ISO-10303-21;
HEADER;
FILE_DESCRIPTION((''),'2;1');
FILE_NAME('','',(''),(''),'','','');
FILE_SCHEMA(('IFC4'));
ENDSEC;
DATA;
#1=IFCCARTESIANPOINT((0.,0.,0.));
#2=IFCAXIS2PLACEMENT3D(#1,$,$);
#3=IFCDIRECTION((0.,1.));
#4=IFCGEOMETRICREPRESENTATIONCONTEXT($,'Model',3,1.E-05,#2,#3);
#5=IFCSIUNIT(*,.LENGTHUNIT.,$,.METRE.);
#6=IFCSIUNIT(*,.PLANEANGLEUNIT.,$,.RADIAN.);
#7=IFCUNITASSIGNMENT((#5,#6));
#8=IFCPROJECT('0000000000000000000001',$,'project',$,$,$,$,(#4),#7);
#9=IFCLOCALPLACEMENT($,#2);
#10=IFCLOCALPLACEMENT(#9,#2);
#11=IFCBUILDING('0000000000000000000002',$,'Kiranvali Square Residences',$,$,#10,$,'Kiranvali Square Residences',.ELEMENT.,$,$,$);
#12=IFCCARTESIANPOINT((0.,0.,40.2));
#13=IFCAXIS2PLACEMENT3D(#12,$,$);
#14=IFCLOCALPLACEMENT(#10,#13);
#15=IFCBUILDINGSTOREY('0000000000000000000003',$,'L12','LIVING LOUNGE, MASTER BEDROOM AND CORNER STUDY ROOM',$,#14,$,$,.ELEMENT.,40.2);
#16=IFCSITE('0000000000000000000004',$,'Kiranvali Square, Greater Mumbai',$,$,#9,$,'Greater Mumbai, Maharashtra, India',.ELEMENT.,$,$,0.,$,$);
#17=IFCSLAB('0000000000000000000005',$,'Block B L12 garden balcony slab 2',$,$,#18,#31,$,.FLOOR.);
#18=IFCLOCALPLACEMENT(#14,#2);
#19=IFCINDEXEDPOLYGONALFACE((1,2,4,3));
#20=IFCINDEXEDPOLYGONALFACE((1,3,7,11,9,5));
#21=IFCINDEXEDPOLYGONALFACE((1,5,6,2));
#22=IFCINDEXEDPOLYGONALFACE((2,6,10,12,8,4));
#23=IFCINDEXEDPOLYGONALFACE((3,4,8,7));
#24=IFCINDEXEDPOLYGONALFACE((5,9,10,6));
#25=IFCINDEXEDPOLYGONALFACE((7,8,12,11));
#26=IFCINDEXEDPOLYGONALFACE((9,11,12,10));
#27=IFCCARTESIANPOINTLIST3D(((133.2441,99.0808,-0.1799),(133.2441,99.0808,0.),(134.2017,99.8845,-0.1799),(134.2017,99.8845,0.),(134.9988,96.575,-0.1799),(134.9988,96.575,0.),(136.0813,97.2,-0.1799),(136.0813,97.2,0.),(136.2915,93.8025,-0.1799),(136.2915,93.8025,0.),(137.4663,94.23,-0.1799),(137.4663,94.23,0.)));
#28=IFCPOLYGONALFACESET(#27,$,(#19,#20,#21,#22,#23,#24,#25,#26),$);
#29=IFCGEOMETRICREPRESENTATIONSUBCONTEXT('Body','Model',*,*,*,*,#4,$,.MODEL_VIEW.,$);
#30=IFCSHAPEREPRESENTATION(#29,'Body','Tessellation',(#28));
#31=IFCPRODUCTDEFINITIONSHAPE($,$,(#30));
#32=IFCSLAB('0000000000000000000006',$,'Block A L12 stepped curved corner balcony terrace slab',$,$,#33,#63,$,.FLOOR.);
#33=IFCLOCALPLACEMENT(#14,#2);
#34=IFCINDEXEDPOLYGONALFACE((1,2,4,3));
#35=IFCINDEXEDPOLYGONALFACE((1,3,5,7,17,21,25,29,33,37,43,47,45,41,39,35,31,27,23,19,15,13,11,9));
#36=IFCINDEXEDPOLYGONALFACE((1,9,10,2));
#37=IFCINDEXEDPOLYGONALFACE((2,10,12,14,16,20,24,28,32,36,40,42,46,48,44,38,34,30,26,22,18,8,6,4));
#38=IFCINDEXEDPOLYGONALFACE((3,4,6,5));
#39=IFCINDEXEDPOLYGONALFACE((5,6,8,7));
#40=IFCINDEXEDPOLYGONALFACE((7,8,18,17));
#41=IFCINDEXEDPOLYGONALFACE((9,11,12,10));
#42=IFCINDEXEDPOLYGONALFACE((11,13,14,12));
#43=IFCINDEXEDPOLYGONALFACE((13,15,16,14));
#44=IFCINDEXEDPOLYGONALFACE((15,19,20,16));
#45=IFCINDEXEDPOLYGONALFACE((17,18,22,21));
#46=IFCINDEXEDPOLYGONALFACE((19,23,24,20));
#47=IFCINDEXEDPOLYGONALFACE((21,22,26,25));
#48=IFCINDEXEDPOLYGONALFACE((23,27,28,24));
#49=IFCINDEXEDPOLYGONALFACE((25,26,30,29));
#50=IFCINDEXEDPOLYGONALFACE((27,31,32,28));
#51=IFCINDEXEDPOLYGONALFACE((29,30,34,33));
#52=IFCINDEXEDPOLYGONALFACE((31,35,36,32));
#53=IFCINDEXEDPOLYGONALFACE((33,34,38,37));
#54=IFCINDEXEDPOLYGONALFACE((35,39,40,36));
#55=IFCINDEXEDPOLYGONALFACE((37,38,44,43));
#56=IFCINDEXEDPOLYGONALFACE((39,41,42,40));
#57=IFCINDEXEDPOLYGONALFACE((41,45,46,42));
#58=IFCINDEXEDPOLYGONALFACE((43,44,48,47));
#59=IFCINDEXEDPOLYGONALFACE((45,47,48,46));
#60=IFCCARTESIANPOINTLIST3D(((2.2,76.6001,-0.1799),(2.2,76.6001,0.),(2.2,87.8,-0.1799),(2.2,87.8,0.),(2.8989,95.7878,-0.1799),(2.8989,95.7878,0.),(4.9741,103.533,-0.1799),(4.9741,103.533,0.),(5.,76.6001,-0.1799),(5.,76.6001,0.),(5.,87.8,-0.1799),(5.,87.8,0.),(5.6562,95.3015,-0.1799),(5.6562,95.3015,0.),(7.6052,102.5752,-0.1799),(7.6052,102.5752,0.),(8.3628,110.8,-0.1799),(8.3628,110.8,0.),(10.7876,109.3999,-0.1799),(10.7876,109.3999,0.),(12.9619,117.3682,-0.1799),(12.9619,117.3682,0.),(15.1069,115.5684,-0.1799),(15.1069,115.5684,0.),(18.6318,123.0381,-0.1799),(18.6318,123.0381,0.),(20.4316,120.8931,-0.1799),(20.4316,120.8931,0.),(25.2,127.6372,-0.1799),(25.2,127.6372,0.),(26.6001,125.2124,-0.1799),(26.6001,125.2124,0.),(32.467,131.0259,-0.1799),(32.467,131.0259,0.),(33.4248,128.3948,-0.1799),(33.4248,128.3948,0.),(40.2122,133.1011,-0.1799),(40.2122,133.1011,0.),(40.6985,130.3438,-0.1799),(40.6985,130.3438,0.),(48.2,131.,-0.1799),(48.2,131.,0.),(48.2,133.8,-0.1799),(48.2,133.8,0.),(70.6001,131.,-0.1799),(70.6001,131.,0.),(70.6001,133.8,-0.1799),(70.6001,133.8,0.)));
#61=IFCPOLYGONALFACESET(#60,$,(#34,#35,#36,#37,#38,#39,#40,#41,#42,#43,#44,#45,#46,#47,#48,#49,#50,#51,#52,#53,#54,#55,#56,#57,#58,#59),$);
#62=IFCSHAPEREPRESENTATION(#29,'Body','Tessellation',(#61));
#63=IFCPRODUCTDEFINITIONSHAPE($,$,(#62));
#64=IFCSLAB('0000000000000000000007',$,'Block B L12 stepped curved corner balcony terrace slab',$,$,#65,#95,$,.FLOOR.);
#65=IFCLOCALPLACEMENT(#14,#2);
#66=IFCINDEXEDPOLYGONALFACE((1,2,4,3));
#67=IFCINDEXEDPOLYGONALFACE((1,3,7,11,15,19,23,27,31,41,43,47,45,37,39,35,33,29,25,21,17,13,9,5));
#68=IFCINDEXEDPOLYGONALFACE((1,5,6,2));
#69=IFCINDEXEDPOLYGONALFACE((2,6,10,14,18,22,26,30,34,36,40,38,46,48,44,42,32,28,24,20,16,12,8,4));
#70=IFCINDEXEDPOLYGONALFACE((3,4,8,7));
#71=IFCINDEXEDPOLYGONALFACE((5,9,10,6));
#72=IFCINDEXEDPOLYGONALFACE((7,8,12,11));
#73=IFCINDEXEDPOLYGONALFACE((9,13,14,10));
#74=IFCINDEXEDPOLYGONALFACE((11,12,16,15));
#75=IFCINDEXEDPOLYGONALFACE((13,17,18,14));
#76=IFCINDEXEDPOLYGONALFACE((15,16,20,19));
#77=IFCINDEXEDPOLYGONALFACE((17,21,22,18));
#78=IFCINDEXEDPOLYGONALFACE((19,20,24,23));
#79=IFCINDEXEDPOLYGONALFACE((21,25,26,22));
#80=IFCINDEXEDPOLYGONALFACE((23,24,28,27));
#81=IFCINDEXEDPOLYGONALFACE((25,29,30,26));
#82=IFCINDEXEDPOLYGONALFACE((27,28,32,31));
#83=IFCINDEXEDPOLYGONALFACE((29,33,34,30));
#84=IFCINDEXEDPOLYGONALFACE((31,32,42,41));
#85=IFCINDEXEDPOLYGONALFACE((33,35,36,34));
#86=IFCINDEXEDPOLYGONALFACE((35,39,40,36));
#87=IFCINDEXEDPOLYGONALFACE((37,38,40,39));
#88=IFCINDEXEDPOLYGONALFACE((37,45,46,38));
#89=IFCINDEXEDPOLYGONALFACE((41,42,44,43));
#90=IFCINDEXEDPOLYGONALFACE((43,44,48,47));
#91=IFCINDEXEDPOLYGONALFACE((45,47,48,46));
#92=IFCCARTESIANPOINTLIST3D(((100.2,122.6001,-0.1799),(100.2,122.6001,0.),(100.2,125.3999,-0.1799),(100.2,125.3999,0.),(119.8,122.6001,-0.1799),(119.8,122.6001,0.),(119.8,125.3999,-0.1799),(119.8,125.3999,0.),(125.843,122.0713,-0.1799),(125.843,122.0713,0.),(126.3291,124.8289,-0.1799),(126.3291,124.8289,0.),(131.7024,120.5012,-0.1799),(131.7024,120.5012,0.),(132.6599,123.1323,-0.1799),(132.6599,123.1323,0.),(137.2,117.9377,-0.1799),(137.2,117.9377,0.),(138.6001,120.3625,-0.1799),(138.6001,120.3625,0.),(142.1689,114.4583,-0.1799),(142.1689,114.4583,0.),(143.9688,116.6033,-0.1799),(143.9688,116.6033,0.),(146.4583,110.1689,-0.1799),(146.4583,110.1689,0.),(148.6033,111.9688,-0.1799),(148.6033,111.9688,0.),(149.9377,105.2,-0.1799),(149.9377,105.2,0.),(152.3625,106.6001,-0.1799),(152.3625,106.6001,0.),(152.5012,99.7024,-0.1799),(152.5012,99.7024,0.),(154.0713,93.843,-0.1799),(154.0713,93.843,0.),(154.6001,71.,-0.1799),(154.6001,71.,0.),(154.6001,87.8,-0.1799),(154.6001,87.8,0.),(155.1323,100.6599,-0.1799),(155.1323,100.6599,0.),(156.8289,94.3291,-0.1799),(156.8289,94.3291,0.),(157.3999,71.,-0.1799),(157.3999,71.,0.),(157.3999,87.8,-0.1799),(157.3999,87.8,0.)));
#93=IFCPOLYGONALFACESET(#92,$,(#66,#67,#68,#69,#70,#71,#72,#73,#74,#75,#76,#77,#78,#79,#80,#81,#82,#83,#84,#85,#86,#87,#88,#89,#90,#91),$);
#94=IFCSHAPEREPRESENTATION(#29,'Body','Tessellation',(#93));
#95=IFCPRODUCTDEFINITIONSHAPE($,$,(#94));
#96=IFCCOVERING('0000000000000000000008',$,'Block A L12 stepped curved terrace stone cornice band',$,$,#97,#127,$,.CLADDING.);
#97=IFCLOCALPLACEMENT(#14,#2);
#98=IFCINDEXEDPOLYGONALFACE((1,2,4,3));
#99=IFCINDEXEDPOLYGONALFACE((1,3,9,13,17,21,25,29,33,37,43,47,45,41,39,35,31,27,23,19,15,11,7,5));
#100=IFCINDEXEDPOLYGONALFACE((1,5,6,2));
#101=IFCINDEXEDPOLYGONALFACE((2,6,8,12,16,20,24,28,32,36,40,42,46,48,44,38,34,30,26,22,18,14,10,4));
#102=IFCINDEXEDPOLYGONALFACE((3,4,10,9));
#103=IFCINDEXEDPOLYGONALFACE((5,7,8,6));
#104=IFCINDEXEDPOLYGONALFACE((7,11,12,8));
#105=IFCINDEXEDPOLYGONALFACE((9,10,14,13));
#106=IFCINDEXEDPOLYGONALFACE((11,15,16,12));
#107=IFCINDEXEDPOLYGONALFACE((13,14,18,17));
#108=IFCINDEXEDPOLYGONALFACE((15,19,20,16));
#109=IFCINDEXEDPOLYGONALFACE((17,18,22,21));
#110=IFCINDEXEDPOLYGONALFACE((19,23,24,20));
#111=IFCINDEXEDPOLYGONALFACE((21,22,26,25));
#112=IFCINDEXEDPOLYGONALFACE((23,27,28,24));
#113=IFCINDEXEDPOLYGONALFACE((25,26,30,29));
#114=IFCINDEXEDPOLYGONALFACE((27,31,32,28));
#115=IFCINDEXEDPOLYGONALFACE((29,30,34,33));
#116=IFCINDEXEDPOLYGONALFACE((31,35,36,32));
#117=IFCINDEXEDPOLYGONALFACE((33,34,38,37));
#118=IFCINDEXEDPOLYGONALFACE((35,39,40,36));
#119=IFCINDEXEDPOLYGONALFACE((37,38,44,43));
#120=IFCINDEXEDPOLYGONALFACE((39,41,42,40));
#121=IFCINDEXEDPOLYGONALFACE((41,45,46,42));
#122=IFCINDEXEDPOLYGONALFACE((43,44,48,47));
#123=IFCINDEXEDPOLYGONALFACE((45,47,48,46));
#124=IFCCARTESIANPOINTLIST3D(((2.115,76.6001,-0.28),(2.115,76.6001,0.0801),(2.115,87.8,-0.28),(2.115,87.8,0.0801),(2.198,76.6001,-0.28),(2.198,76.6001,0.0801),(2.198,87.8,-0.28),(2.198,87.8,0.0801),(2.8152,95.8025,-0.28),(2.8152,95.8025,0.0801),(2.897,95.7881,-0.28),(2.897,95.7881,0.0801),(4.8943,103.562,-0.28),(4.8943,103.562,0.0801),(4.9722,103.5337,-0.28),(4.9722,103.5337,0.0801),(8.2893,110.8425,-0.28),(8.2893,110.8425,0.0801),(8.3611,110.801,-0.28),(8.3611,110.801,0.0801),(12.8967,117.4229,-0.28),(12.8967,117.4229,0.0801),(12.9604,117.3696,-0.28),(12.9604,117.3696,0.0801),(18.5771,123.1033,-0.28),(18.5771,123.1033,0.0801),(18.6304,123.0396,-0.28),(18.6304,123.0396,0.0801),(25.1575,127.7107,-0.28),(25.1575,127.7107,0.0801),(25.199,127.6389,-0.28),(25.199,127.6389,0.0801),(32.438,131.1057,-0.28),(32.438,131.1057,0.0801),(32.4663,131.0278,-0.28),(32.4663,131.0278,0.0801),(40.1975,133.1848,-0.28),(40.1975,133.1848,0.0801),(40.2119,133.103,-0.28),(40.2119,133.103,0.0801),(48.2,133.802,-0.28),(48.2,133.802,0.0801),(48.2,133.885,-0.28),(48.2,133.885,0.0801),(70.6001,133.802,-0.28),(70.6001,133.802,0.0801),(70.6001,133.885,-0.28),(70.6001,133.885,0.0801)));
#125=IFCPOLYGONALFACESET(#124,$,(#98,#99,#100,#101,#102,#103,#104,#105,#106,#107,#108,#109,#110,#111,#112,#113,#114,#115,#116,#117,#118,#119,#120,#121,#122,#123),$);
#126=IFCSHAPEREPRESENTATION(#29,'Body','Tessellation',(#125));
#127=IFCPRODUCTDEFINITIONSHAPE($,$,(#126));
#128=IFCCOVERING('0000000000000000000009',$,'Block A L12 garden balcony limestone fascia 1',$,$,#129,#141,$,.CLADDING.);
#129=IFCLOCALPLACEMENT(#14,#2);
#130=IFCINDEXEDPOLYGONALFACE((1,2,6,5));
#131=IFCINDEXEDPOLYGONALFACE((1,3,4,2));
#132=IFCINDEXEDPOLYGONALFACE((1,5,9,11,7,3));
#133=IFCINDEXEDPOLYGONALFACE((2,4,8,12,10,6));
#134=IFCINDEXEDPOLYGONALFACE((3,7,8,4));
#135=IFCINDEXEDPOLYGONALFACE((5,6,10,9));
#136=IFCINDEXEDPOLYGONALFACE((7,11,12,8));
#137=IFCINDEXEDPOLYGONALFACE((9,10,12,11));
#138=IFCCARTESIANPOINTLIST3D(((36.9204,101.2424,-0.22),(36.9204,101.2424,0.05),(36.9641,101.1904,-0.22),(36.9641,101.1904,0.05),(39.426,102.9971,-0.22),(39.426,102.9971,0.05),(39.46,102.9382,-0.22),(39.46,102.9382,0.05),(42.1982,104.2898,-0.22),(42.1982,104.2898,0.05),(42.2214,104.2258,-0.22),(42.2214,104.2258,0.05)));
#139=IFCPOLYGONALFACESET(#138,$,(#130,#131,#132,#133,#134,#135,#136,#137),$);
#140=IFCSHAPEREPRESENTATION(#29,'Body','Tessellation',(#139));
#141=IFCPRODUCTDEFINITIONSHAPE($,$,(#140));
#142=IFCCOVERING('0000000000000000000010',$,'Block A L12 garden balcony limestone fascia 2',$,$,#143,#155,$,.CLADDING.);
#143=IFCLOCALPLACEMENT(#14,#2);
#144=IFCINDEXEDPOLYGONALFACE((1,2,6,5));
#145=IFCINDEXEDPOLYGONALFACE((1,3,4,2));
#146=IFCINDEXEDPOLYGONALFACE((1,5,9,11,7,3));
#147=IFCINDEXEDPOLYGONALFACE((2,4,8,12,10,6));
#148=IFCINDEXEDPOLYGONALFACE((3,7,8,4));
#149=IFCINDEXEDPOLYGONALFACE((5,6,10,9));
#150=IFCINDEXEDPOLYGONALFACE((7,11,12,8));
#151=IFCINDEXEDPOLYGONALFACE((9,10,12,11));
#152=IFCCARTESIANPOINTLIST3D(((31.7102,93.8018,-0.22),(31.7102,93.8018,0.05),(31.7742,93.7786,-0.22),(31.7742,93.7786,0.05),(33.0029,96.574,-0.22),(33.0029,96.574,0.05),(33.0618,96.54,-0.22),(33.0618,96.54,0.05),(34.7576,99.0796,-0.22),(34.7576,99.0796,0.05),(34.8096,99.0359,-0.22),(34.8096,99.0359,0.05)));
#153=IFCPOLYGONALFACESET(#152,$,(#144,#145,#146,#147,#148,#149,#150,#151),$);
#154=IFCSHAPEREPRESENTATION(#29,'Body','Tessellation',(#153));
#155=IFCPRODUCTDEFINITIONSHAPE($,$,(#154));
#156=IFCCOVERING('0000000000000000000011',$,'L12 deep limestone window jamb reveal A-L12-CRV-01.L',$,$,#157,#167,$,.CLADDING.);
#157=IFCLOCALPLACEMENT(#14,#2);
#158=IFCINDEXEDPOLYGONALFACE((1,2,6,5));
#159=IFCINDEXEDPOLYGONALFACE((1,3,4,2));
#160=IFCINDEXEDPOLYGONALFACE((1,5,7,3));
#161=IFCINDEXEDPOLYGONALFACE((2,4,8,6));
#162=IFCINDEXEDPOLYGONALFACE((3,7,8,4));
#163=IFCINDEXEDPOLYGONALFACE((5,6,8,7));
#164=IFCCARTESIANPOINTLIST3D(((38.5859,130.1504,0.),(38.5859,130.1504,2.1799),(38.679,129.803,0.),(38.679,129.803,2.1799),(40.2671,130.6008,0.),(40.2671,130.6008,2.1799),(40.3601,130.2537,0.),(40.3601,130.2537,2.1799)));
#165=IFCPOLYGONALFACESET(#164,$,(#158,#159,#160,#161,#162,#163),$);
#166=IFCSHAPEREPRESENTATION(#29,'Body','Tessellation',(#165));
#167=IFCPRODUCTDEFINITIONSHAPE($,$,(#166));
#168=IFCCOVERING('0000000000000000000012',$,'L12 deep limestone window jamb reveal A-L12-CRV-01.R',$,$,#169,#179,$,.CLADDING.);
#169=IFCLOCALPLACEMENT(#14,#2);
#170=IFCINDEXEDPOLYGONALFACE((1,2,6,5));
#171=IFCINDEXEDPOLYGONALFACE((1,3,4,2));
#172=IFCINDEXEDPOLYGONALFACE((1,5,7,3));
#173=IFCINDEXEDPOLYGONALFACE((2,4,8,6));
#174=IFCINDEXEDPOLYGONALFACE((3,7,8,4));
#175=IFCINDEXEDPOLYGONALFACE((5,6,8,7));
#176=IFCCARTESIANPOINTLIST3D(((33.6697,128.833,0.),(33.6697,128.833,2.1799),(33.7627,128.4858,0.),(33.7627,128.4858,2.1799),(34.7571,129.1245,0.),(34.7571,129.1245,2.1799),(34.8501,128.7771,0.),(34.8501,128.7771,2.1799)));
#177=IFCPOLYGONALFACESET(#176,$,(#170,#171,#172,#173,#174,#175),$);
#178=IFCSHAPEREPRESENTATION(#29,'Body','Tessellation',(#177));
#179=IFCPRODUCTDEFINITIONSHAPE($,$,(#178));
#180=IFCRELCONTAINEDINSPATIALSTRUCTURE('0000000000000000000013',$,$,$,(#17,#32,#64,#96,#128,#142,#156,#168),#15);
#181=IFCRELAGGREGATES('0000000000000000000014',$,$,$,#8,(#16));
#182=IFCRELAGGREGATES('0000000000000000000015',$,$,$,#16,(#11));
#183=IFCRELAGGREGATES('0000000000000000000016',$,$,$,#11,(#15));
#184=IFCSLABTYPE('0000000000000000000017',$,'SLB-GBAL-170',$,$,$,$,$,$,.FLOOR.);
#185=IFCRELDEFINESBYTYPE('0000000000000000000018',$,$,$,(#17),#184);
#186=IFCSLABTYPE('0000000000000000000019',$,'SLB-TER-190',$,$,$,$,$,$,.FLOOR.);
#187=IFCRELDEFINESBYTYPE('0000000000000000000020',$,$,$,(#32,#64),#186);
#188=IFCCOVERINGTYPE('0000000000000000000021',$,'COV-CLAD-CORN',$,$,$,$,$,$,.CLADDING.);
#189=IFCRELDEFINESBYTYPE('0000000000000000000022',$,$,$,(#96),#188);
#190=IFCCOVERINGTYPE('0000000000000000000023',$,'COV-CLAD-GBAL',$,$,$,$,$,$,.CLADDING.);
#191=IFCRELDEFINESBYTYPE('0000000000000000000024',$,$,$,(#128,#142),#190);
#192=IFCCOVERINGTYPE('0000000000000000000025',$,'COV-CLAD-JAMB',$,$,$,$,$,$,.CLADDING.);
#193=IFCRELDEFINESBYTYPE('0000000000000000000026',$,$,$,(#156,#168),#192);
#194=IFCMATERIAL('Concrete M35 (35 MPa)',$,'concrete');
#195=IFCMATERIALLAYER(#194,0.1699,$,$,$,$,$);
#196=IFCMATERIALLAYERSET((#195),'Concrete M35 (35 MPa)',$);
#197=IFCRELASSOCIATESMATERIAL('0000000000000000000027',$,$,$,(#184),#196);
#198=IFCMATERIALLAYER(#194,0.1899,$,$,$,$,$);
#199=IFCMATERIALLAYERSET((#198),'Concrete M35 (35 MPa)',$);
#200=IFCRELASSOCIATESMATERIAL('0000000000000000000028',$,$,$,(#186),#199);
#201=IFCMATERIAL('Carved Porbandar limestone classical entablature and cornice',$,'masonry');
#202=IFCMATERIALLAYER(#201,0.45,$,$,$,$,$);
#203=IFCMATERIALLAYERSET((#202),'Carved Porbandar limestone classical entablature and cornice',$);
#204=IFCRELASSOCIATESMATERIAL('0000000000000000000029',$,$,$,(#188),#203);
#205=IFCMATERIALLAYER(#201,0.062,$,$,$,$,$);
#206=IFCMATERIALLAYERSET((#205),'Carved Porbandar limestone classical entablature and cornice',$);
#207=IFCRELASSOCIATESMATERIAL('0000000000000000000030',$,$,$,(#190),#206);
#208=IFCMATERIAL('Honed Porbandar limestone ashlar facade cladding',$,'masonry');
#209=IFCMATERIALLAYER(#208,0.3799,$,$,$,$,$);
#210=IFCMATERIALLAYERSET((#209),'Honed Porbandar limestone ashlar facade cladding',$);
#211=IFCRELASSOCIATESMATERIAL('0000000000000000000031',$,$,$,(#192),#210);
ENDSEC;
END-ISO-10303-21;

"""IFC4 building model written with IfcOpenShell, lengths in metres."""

from ifc_helpers import new_model, si_unit, direction, frame, origin, place, context, subcontext, project, spatial, polyline, outline, extrude, material, layer, layer_set, type_object, element, save


model = new_model("IFC4")

# Units and contexts
model_context = context("Model", 3, precision=1e-05, world=origin(), true_north=direction((0.0, 1.0)))
body_context = subcontext(model_context, "Body", "Model", "MODEL_VIEW")
ifc_project = project(units=[si_unit("LENGTHUNIT", "METRE"), si_unit("PLANEANGLEUNIT", "RADIAN")], contexts=[model_context])

# Site, building, storey
site_placement = place(None, origin())
site = spatial("IfcSite", under=ifc_project, at=site_placement, Name="Kiranvali Square, Greater Mumbai", LongName="Greater Mumbai, Maharashtra, India", CompositionType="ELEMENT", RefElevation=0.0)
building_placement = place(site_placement, origin())
building = spatial("IfcBuilding", under=site, at=building_placement, Name="Kiranvali Square Residences", LongName="Kiranvali Square Residences", CompositionType="ELEMENT")
storey_placement = place(building_placement, frame((0.0, 0.0, 40.2)))
storey = spatial("IfcBuildingStorey", under=building, at=storey_placement, Name="L12", Description="LIVING LOUNGE, MASTER BEDROOM AND CORNER STUDY ROOM", CompositionType="ELEMENT", Elevation=40.2)

# Slabs
ifc_material_1 = material(Name="Concrete M35 (35 MPa)", Category="concrete")
ifc_layer_1 = layer(ifc_material_1, 0.1699)
ifc_layer_set_1 = layer_set([ifc_layer_1], Name="Concrete M35 (35 MPa)")
slab_type_1 = type_object("IfcSlabType", Name="SLB-GBAL-170", PredefinedType="FLOOR", material=ifc_layer_set_1)
slab_1_placement = place(storey_placement, frame((0.0, 0.0, -0.1799)))
element("IfcSlab", 1, at=slab_1_placement, inside=storey, type_object=slab_type_1, Name="Block B L12 garden balcony slab 2", PredefinedType="FLOOR", context=body_context, shape_type="SweptSolid", body=[
    extrude(outline(polyline([(133.2441, 99.0808), (134.9988, 96.575), (136.2915, 93.8025), (137.4663, 94.23), (136.0813, 97.2), (134.2017, 99.8845), (133.2441, 99.0808)])), origin(), (0.0, 0.0, 1.0), 0.1799),
])
ifc_layer_2 = layer(ifc_material_1, 0.1899)
ifc_layer_set_2 = layer_set([ifc_layer_2], Name="Concrete M35 (35 MPa)")
slab_type_2 = type_object("IfcSlabType", Name="SLB-TER-190", PredefinedType="FLOOR", material=ifc_layer_set_2)
slab_2_placement = place(storey_placement, frame((0.0, 0.0, -0.1799)))
element("IfcSlab", 2, at=slab_2_placement, inside=storey, type_object=slab_type_2, Name="Block A L12 stepped curved corner balcony terrace slab", PredefinedType="FLOOR", context=body_context, shape_type="SweptSolid", body=[
    extrude(outline(polyline([(70.6001, 133.8), (48.2, 133.8), (40.2122, 133.1011), (32.467, 131.0259), (25.2, 127.6372), (18.6318, 123.0381), (12.9619, 117.3682), (8.3628, 110.8), (4.9741, 103.533), (2.8989, 95.7878), (2.2, 87.8), (2.2, 76.6001), (5.0, 76.6001), (5.0, 87.8), (5.6562, 95.3015), (7.6052, 102.5752), (10.7876, 109.3999), (15.1069, 115.5684), (20.4316, 120.8931), (26.6001, 125.2124), (33.4248, 128.3948), (40.6985, 130.3438), (48.2, 131.0), (70.6001, 131.0), (70.6001, 133.8)])), origin(), (0.0, 0.0, 1.0), 0.1799),
])
slab_3_placement = place(storey_placement, frame((0.0, 0.0, -0.1799)))
element("IfcSlab", 3, at=slab_3_placement, inside=storey, type_object=slab_type_2, Name="Block B L12 stepped curved corner balcony terrace slab", PredefinedType="FLOOR", context=body_context, shape_type="SweptSolid", body=[
    extrude(outline(polyline([(100.2, 122.6001), (119.8, 122.6001), (125.843, 122.0713), (131.7024, 120.5012), (137.2, 117.9377), (142.1689, 114.4583), (146.4583, 110.1689), (149.9377, 105.2), (152.5012, 99.7024), (154.0713, 93.843), (154.6001, 87.8), (154.6001, 71.0), (157.3999, 71.0), (157.3999, 87.8), (156.8289, 94.3291), (155.1323, 100.6599), (152.3625, 106.6001), (148.6033, 111.9688), (143.9688, 116.6033), (138.6001, 120.3625), (132.6599, 123.1323), (126.3291, 124.8289), (119.8, 125.3999), (100.2, 125.3999), (100.2, 122.6001)])), origin(), (0.0, 0.0, 1.0), 0.1799),
])

# Coverings
ifc_material_2 = material(Name="Carved Porbandar limestone classical entablature and cornice", Category="masonry")
ifc_layer_3 = layer(ifc_material_2, 0.45)
ifc_layer_set_3 = layer_set([ifc_layer_3], Name="Carved Porbandar limestone classical entablature and cornice")
covering_type_1 = type_object("IfcCoveringType", Name="COV-CLAD-CORN", PredefinedType="CLADDING", material=ifc_layer_set_3)
covering_1_placement = place(storey_placement, frame((0.0, 0.0, -0.28)))
element("IfcCovering", 4, at=covering_1_placement, inside=storey, type_object=covering_type_1, Name="Block A L12 stepped curved terrace stone cornice band", PredefinedType="CLADDING", context=body_context, shape_type="SweptSolid", body=[
    extrude(outline(polyline([(70.6001, 133.885), (48.2, 133.885), (40.1975, 133.1848), (32.438, 131.1057), (25.1575, 127.7107), (18.5771, 123.1033), (12.8967, 117.4229), (8.2893, 110.8425), (4.8943, 103.562), (2.8152, 95.8025), (2.115, 87.8), (2.115, 76.6001), (2.198, 76.6001), (2.198, 87.8), (2.897, 95.7881), (4.9722, 103.5337), (8.3611, 110.801), (12.9604, 117.3696), (18.6304, 123.0396), (25.199, 127.6389), (32.4663, 131.0278), (40.2119, 133.103), (48.2, 133.802), (70.6001, 133.802), (70.6001, 133.885)])), origin(), (0.0, 0.0, 1.0), 0.3601),
])
ifc_layer_4 = layer(ifc_material_2, 0.062)
ifc_layer_set_4 = layer_set([ifc_layer_4], Name="Carved Porbandar limestone classical entablature and cornice")
covering_type_2 = type_object("IfcCoveringType", Name="COV-CLAD-GBAL", PredefinedType="CLADDING", material=ifc_layer_set_4)
covering_2_placement = place(storey_placement, frame((0.0, 0.0, -0.22)))
element("IfcCovering", 5, at=covering_2_placement, inside=storey, type_object=covering_type_2, Name="Block A L12 garden balcony limestone fascia 1", PredefinedType="CLADDING", context=body_context, shape_type="SweptSolid", body=[
    extrude(outline(polyline([(42.1982, 104.2898), (39.426, 102.9971), (36.9204, 101.2424), (36.9641, 101.1904), (39.46, 102.9382), (42.2214, 104.2258), (42.1982, 104.2898)])), origin(), (0.0, 0.0, 1.0), 0.27),
])
covering_3_placement = place(storey_placement, frame((0.0, 0.0, -0.22)))
element("IfcCovering", 6, at=covering_3_placement, inside=storey, type_object=covering_type_2, Name="Block A L12 garden balcony limestone fascia 2", PredefinedType="CLADDING", context=body_context, shape_type="SweptSolid", body=[
    extrude(outline(polyline([(34.7576, 99.0796), (33.0029, 96.574), (31.7102, 93.8018), (31.7742, 93.7786), (33.0618, 96.54), (34.8096, 99.0359), (34.7576, 99.0796)])), origin(), (0.0, 0.0, 1.0), 0.27),
])
ifc_material_3 = material(Name="Honed Porbandar limestone ashlar facade cladding", Category="masonry")
ifc_layer_5 = layer(ifc_material_3, 0.3799)
ifc_layer_set_5 = layer_set([ifc_layer_5], Name="Honed Porbandar limestone ashlar facade cladding")
covering_type_3 = type_object("IfcCoveringType", Name="COV-CLAD-JAMB", PredefinedType="CLADDING", material=ifc_layer_set_5)
covering_4_placement = place(storey_placement, origin())
element("IfcCovering", 7, at=covering_4_placement, inside=storey, type_object=covering_type_3, Name="L12 deep limestone window jamb reveal A-L12-CRV-01.L", PredefinedType="CLADDING", context=body_context, shape_type="SweptSolid", body=[
    extrude(outline(polyline([(40.2671, 130.6008), (38.5859, 130.1504), (38.679, 129.803), (40.3601, 130.2537), (40.2671, 130.6008)])), origin(), (0.0, 0.0, 1.0), 2.1799),
])
covering_5_placement = place(storey_placement, origin())
element("IfcCovering", 8, at=covering_5_placement, inside=storey, type_object=covering_type_3, Name="L12 deep limestone window jamb reveal A-L12-CRV-01.R", PredefinedType="CLADDING", context=body_context, shape_type="SweptSolid", body=[
    extrude(outline(polyline([(34.7571, 129.1245), (33.6697, 128.833), (33.7627, 128.4858), (34.8501, 128.7771), (34.7571, 129.1245)])), origin(), (0.0, 0.0, 1.0), 2.1799),
])

save(model, "model.ifc")
